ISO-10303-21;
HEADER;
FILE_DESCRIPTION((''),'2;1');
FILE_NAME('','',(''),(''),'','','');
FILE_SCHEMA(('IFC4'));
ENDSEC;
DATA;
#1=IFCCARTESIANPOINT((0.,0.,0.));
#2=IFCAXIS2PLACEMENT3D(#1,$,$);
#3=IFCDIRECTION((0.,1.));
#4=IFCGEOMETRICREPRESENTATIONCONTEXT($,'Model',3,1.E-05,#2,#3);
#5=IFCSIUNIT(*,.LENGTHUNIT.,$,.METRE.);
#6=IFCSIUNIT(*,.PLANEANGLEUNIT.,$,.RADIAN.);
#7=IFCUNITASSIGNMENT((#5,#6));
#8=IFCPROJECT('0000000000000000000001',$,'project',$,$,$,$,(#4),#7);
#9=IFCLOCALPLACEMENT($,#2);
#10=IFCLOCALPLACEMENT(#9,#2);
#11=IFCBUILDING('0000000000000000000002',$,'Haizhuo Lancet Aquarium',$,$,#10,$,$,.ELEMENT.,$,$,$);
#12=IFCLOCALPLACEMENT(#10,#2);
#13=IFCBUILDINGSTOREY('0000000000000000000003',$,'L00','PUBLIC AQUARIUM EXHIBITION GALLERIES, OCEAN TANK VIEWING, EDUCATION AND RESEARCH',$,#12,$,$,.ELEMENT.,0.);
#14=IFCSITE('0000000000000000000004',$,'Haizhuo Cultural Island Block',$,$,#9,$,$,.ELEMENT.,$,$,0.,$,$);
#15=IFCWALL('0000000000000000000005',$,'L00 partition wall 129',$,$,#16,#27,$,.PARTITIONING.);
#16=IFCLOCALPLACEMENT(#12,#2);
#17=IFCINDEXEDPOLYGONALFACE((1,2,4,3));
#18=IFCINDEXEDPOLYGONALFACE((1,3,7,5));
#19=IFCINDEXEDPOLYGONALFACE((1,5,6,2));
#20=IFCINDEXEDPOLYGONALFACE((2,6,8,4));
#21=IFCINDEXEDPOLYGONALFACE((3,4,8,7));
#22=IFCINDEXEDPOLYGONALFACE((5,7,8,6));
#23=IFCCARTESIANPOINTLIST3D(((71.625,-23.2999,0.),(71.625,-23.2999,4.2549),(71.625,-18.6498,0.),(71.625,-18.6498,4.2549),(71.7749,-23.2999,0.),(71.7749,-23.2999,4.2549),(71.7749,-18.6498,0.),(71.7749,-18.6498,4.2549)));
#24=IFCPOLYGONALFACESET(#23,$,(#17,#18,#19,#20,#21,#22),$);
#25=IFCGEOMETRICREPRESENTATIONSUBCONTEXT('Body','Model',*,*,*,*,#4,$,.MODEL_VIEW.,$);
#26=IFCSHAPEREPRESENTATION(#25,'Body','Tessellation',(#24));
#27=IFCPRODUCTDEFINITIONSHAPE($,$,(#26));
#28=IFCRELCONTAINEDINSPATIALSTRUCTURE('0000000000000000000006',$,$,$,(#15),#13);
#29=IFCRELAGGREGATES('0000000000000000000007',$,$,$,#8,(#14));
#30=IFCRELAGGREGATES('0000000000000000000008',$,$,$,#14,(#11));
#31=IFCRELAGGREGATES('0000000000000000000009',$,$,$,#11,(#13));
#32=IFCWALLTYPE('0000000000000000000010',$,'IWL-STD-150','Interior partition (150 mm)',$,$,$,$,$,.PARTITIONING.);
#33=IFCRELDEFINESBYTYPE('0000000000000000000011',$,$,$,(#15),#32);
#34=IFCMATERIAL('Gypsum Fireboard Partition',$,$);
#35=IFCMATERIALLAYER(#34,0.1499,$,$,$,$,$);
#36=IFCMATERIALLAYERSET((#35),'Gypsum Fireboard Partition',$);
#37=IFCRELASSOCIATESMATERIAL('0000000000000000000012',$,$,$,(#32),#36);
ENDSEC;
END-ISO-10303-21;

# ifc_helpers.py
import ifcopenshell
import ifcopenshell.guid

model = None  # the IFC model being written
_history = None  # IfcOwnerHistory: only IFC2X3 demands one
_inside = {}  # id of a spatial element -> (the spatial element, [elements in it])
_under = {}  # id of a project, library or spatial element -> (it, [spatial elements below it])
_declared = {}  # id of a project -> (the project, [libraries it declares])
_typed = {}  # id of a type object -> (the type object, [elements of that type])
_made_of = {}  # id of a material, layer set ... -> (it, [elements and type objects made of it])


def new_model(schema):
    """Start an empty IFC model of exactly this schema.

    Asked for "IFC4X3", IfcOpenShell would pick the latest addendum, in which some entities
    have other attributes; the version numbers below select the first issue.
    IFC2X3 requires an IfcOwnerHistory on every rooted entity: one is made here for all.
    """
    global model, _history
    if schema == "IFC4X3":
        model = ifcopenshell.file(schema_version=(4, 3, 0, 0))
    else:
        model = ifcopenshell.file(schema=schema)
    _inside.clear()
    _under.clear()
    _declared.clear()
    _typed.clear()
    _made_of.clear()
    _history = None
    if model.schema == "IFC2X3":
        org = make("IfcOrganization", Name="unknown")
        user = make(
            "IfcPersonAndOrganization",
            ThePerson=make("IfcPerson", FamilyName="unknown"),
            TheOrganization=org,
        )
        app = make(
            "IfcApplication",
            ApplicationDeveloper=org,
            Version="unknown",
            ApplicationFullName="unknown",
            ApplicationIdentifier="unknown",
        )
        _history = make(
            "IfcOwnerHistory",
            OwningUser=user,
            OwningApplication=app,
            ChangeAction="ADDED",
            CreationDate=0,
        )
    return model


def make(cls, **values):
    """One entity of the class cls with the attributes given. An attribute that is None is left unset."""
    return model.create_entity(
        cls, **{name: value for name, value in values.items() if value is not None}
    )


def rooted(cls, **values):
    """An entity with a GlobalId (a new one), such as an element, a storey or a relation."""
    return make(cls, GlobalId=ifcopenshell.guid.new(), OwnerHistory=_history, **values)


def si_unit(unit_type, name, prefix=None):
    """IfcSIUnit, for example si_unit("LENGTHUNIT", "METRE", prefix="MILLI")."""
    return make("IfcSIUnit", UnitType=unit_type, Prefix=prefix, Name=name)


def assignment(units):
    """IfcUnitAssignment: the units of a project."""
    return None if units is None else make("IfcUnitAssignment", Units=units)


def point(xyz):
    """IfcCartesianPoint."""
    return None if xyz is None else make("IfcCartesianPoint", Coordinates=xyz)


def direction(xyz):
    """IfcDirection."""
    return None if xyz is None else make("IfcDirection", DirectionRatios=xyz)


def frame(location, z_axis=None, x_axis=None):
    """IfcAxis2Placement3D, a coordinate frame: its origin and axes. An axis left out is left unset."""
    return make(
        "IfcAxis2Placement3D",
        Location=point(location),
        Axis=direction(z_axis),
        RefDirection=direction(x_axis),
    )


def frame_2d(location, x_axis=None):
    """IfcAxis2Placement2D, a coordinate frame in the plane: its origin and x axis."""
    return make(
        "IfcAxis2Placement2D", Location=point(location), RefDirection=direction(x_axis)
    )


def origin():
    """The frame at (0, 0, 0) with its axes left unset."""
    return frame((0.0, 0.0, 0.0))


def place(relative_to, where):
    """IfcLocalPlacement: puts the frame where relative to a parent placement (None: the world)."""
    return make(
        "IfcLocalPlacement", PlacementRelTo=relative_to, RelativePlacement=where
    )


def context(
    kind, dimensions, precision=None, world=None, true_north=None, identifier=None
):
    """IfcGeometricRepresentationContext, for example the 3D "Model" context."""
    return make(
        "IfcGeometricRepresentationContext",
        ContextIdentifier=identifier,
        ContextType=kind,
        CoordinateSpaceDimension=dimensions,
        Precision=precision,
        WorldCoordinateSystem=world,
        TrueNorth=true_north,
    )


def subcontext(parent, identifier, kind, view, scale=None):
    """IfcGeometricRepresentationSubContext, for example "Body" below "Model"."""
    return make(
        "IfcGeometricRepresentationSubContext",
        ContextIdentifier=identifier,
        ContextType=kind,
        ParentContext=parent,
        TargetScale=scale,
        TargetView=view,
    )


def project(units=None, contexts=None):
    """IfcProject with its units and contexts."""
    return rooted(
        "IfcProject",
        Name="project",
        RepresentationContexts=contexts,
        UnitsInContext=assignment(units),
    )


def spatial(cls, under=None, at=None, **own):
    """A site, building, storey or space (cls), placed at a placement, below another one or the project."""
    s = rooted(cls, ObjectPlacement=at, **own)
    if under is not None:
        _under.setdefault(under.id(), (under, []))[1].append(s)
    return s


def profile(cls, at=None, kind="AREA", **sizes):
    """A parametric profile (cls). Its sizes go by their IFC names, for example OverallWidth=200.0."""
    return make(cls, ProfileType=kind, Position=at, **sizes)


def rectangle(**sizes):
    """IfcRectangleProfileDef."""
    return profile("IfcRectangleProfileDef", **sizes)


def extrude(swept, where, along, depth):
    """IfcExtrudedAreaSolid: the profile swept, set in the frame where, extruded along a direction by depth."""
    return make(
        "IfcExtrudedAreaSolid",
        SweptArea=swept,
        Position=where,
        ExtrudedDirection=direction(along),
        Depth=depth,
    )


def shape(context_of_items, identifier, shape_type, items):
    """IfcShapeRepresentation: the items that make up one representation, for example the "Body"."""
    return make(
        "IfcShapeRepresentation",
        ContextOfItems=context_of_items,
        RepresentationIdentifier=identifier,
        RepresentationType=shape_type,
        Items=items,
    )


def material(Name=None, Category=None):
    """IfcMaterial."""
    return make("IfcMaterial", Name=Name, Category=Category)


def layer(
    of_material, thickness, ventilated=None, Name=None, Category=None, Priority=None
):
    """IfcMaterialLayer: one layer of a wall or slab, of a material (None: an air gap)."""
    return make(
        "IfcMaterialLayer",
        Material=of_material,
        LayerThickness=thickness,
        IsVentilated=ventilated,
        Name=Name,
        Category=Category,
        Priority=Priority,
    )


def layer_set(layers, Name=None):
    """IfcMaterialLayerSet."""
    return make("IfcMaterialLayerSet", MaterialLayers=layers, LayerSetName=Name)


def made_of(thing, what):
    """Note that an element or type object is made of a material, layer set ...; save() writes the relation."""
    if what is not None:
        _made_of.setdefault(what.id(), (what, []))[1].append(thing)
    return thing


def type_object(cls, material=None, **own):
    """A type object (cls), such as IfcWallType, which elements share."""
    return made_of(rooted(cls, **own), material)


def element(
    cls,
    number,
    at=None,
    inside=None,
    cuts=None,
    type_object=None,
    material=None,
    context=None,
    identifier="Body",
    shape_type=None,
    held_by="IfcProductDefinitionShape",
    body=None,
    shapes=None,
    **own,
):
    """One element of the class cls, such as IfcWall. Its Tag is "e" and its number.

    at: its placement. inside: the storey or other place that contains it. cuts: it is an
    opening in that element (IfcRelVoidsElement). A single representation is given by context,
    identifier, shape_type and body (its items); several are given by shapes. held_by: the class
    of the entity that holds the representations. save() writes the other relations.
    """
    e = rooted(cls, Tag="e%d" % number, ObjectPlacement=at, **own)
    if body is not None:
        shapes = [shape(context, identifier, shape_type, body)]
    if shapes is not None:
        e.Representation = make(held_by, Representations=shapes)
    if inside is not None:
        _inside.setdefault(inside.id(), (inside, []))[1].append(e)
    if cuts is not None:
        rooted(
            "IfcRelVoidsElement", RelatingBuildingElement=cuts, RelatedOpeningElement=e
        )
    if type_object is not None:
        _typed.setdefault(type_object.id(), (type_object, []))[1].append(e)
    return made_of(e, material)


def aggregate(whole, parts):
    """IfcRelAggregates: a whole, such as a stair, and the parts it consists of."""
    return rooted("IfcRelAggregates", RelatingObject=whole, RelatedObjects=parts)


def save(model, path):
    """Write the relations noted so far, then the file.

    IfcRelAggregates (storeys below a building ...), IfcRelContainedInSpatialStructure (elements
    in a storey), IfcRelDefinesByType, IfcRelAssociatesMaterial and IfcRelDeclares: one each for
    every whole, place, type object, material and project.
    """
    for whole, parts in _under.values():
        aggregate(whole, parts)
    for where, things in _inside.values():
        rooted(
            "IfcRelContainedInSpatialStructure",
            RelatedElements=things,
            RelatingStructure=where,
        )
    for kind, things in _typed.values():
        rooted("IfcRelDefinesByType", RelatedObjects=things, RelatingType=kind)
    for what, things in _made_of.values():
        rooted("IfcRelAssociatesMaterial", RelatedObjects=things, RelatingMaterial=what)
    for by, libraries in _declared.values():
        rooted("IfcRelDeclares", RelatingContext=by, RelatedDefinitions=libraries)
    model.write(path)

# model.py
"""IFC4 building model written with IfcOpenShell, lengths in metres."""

from ifc_helpers import new_model, si_unit, direction, frame, frame_2d, origin, place, context, subcontext, project, spatial, rectangle, extrude, material, layer, layer_set, type_object, element, save


model = new_model("IFC4")

# Units and contexts
model_context = context("Model", 3, precision=1e-05, world=origin(), true_north=direction((0.0, 1.0)))
body_context = subcontext(model_context, "Body", "Model", "MODEL_VIEW")
ifc_project = project(units=[si_unit("LENGTHUNIT", "METRE"), si_unit("PLANEANGLEUNIT", "RADIAN")], contexts=[model_context])

# Site, building, storey
site_placement = place(None, origin())
site = spatial("IfcSite", under=ifc_project, at=site_placement, Name="Haizhuo Cultural Island Block", CompositionType="ELEMENT", RefElevation=0.0)
building_placement = place(site_placement, origin())
building = spatial("IfcBuilding", under=site, at=building_placement, Name="Haizhuo Lancet Aquarium", CompositionType="ELEMENT")
storey_placement = place(building_placement, origin())
storey = spatial("IfcBuildingStorey", under=building, at=storey_placement, Name="L00", Description="PUBLIC AQUARIUM EXHIBITION GALLERIES, OCEAN TANK VIEWING, EDUCATION AND RESEARCH", CompositionType="ELEMENT", Elevation=0.0)

# Wall
ifc_material_1 = material(Name="Gypsum Fireboard Partition")
ifc_layer_1 = layer(ifc_material_1, 0.1499)
ifc_layer_set_1 = layer_set([ifc_layer_1], Name="Gypsum Fireboard Partition")
wall_type = type_object("IfcWallType", Name="IWL-STD-150", Description="Interior partition (150 mm)", PredefinedType="PARTITIONING", material=ifc_layer_set_1)
wall_placement = place(storey_placement, frame((71.7, -23.3, 0.0), z_axis=(0.0, 0.0, 1.0), x_axis=(0.0, 1.0, 0.0)))
element("IfcWall", 1, at=wall_placement, inside=storey, type_object=wall_type, Name="L00 partition wall 129", PredefinedType="PARTITIONING", context=body_context, shape_type="SweptSolid", body=[
    extrude(rectangle(XDim=4.6501, YDim=0.1499, at=frame_2d((2.3252, 0.0))), origin(), (0.0, 0.0, 1.0), 4.2549),
])

save(model, "model.ifc")
